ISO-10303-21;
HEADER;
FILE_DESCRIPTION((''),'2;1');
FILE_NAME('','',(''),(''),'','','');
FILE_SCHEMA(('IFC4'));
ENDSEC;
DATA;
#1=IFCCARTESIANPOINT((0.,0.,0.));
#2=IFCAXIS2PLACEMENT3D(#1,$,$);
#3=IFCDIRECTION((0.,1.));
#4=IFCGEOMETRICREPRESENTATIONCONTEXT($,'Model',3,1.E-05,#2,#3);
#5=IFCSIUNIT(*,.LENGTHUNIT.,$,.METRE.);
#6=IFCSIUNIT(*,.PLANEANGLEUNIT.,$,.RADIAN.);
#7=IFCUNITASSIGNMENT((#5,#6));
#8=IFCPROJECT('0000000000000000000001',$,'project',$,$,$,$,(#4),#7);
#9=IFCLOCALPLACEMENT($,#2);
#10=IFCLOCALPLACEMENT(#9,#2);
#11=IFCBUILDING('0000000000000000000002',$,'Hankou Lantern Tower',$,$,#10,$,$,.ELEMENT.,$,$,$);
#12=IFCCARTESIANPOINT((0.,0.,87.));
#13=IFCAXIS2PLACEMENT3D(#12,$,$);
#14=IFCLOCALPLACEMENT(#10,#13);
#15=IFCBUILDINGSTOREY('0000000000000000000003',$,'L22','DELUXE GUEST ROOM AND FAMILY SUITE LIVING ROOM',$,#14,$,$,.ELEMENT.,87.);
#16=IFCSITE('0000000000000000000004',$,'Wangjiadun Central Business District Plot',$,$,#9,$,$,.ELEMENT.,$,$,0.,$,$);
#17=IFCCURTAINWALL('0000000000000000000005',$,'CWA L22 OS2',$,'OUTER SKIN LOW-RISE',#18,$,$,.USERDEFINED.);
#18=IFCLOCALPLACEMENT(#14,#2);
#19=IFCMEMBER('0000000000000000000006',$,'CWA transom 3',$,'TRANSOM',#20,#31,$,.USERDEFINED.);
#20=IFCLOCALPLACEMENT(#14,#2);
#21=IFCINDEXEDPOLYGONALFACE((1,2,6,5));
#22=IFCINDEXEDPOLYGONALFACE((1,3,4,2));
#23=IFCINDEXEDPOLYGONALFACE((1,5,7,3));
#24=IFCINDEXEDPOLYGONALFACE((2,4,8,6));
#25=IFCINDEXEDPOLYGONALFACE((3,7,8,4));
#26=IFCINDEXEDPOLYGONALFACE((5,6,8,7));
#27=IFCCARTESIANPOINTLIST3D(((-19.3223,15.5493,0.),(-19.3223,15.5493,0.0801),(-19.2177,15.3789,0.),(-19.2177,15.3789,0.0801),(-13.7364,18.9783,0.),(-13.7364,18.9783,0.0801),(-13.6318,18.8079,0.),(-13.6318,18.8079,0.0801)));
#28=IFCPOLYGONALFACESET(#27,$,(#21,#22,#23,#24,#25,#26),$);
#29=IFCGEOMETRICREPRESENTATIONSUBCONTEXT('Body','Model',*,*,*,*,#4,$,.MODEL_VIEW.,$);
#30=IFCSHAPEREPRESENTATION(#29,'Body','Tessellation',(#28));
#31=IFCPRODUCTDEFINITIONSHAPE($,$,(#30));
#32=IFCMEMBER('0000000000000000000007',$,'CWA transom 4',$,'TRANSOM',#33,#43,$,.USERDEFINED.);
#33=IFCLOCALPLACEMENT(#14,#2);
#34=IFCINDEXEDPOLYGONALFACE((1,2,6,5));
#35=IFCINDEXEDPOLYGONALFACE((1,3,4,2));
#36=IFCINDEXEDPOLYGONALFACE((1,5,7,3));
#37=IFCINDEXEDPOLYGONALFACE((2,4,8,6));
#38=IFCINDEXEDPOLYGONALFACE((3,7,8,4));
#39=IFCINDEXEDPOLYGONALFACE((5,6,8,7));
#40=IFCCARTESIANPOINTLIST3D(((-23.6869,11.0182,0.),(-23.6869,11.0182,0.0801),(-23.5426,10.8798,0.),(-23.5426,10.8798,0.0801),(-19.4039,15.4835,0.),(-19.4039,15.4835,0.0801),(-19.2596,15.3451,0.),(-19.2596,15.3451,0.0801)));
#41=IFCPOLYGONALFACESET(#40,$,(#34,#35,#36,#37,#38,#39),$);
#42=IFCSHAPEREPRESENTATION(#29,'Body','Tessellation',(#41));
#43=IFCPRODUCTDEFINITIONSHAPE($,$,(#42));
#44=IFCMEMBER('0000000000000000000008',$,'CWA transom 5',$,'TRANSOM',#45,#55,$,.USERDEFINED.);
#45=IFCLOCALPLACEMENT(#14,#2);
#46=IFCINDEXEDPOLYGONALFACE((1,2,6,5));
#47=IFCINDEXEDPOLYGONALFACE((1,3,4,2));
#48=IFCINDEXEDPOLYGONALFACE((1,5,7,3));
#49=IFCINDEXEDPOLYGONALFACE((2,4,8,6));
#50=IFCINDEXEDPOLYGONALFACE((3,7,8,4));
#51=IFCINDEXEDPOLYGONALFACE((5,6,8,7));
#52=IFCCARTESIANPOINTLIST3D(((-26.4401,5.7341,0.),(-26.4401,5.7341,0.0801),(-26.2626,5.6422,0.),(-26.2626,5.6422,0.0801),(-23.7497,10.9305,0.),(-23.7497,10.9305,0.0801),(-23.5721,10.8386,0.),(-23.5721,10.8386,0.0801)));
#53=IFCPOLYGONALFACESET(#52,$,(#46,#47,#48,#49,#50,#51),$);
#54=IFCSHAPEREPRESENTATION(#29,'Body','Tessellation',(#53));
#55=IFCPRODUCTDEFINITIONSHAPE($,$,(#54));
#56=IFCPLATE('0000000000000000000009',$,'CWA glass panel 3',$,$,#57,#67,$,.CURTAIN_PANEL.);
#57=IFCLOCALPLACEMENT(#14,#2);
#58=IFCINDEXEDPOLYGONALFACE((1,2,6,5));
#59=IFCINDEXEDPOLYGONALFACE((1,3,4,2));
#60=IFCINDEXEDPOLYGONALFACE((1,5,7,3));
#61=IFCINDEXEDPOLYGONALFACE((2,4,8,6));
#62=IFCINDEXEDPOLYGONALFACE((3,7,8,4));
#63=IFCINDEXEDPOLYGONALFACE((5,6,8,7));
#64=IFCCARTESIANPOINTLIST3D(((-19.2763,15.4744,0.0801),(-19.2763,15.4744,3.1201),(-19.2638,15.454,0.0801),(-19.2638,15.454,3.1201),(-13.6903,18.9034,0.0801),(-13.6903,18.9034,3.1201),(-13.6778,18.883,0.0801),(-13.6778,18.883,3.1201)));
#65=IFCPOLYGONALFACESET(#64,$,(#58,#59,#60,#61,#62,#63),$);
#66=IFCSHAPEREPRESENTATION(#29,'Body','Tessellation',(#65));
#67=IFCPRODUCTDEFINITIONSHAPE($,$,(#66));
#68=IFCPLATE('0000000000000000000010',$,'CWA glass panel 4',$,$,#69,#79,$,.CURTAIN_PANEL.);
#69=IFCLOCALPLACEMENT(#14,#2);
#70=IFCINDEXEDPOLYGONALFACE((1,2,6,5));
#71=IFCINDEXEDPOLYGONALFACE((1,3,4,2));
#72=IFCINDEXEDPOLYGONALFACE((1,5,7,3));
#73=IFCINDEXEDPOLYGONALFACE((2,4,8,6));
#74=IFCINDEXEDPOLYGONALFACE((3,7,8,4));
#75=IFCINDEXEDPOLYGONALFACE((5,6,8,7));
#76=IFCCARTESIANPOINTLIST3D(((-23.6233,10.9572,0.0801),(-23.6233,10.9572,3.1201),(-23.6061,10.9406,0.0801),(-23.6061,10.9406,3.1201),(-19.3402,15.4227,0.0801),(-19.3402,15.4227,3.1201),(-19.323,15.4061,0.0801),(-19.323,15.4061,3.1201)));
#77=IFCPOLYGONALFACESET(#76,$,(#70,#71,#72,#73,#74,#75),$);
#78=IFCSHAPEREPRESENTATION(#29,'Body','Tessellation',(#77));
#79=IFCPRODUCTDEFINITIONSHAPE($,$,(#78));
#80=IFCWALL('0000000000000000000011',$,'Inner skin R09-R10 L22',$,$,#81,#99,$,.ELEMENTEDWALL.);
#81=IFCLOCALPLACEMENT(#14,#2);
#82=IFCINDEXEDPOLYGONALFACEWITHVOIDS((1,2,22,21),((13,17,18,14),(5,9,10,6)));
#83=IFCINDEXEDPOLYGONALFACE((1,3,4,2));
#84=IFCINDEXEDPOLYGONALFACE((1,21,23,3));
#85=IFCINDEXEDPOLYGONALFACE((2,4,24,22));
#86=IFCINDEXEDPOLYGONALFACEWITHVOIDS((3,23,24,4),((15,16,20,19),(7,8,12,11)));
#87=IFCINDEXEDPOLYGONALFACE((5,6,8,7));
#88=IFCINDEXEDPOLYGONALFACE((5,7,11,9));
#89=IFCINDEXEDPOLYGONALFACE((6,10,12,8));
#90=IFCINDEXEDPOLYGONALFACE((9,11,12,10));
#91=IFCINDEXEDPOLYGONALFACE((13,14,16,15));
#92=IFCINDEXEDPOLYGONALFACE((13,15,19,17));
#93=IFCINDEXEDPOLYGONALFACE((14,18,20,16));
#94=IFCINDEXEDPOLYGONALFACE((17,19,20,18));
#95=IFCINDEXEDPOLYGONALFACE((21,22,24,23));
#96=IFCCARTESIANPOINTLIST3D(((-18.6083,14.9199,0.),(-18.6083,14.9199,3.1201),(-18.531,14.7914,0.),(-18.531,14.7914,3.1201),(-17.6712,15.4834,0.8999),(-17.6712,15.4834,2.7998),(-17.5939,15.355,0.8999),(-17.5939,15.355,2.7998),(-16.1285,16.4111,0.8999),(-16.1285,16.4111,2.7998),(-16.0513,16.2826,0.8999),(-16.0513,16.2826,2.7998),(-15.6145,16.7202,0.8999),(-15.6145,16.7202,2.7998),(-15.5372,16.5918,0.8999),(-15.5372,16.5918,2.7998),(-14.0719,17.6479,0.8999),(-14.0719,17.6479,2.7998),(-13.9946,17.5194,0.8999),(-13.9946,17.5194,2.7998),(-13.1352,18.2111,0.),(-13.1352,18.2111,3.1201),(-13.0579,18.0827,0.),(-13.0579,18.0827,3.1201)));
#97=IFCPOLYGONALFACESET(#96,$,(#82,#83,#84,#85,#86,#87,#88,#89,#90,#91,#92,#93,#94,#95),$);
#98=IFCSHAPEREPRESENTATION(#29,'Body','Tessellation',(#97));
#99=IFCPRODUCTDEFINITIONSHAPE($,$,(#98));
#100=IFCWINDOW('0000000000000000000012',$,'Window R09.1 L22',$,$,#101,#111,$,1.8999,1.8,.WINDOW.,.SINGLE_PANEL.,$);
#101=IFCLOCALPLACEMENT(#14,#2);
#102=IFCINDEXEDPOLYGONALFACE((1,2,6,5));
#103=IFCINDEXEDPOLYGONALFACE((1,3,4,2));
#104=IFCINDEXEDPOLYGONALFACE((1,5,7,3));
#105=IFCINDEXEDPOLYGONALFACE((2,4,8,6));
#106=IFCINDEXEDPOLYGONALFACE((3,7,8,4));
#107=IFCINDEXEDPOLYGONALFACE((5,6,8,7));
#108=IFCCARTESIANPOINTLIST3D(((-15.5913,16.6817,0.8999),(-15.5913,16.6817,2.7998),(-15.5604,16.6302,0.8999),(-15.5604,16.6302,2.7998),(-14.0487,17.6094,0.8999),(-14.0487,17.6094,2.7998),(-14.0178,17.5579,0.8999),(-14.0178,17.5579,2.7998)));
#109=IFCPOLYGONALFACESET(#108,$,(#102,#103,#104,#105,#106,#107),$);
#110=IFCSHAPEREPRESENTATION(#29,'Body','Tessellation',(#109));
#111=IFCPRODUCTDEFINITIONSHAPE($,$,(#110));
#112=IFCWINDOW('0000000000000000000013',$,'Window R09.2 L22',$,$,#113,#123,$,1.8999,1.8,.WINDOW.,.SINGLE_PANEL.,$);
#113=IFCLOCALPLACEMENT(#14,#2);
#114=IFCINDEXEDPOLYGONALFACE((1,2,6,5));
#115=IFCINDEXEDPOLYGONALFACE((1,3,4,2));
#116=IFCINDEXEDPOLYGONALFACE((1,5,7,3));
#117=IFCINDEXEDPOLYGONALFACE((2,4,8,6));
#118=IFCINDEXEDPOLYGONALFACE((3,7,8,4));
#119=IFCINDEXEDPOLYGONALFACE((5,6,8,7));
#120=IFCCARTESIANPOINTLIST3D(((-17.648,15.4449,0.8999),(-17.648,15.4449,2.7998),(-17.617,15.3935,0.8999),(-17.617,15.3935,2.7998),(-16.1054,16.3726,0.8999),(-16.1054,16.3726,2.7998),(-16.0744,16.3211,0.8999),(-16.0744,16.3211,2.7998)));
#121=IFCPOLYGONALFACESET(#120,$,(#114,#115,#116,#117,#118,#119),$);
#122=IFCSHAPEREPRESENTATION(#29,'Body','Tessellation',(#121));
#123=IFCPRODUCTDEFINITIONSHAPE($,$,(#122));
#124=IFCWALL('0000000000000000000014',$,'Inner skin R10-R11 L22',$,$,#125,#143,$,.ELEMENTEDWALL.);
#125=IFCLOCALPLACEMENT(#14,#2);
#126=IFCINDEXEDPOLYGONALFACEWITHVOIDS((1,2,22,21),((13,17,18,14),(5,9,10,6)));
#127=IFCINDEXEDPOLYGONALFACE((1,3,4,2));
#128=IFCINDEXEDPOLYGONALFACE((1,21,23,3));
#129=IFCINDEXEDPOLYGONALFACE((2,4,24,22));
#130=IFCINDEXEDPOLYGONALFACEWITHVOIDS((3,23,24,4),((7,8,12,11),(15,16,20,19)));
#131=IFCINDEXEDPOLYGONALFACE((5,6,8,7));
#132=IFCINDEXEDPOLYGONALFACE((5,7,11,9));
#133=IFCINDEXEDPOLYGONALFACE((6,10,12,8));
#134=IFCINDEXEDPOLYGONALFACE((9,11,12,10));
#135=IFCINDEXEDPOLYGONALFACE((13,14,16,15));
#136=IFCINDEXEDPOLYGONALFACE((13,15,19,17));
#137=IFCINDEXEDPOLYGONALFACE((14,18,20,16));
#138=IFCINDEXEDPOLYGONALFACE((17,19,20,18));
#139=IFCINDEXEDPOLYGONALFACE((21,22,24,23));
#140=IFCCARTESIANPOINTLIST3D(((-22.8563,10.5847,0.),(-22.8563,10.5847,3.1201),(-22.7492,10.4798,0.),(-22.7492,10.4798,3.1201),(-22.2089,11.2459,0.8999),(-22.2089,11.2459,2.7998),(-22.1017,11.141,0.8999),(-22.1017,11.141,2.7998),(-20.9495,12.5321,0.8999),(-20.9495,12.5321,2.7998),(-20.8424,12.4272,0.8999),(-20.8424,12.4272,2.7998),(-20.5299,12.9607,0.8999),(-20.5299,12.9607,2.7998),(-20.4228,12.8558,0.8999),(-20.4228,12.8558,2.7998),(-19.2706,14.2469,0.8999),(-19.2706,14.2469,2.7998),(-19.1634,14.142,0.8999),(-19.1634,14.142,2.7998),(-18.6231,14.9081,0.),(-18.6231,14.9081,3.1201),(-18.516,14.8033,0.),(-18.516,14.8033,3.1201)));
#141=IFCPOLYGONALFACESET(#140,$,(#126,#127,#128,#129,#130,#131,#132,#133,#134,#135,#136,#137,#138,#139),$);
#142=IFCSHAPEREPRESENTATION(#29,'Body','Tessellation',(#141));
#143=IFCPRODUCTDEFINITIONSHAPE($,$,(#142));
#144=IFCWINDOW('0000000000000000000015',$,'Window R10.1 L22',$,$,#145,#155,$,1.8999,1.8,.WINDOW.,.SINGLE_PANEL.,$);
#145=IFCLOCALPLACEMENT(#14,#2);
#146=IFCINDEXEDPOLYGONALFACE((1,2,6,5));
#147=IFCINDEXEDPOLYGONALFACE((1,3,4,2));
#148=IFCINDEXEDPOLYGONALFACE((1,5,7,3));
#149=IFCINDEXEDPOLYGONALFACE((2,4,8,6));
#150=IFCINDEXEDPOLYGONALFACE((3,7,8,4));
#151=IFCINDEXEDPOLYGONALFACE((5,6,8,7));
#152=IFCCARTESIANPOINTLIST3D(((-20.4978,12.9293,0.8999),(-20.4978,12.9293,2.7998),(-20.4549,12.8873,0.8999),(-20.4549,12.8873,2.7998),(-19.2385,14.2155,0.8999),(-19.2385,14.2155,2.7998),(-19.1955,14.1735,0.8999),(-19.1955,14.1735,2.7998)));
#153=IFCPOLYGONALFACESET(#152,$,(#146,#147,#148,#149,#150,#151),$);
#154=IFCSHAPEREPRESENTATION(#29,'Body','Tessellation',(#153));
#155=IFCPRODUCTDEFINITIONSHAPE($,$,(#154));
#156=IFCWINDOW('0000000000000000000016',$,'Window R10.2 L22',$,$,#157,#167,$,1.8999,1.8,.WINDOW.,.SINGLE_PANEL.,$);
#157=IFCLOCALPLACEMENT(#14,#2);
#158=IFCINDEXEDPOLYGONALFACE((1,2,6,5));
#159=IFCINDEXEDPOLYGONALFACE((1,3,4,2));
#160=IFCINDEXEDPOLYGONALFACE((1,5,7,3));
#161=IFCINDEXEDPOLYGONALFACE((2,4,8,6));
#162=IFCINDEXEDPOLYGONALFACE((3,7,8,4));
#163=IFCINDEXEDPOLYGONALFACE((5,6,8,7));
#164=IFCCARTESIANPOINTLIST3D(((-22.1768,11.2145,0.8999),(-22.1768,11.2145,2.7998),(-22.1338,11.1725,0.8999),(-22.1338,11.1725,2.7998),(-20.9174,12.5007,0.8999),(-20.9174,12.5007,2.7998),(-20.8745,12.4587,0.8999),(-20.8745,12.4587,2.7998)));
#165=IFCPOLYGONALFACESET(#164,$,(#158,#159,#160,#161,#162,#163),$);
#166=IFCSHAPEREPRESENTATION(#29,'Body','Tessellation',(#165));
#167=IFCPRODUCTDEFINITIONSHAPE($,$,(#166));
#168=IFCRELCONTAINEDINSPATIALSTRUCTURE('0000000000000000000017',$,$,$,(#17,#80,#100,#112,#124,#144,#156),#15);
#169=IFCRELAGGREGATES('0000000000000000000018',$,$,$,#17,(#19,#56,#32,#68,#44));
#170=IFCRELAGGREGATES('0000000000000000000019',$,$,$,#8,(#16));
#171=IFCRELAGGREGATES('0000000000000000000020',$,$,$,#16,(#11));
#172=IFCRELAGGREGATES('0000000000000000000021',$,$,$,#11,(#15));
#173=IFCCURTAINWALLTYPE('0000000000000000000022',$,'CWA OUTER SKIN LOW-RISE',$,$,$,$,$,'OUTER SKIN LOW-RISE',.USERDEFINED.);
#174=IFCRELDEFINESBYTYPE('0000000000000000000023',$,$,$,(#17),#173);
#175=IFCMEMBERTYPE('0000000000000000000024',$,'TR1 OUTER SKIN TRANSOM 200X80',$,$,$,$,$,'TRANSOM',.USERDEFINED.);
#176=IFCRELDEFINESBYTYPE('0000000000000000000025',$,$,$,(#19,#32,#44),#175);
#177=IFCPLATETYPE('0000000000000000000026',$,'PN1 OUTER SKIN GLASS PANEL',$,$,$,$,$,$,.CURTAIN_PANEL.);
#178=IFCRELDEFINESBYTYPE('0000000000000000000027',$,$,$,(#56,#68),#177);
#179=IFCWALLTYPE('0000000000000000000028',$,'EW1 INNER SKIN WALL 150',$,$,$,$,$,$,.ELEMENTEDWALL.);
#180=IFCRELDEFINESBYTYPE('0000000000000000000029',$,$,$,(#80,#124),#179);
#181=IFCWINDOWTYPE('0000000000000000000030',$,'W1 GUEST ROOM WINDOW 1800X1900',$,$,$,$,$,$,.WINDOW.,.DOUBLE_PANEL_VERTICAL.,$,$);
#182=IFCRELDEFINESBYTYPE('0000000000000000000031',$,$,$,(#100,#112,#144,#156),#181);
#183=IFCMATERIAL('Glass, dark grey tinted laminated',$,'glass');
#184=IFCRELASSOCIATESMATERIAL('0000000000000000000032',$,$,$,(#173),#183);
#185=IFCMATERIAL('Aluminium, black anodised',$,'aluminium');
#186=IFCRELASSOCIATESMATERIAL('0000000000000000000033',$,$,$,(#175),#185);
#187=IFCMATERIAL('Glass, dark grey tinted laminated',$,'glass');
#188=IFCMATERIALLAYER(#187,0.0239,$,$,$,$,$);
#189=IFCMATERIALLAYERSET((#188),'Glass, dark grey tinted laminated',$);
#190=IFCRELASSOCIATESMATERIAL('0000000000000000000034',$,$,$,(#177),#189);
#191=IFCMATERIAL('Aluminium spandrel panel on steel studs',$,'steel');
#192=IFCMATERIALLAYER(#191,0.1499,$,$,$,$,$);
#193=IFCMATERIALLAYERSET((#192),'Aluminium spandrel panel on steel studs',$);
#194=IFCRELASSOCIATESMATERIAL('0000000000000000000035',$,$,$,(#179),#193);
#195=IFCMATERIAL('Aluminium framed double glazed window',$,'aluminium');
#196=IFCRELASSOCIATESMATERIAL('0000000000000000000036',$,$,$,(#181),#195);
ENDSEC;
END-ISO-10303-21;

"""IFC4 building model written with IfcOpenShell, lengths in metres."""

from ifc_helpers import new_model, si_unit, direction, frame, frame_2d, origin, origin_2d, place, context, subcontext, project, spatial, rectangle, extrude, material, layer, layer_set, material_profile, profile_set, type_object, element, fill, aggregate, save


model = new_model("IFC4")

# Units and contexts
model_context = context("Model", 3, precision=1e-05, world=origin(), true_north=direction((0.0, 1.0)))
body_context = subcontext(model_context, "Body", "Model", "MODEL_VIEW")
ifc_project = project(units=[si_unit("LENGTHUNIT", "METRE"), si_unit("PLANEANGLEUNIT", "RADIAN")], contexts=[model_context])

# Site, building, storey
site_placement = place(None, origin())
site = spatial("IfcSite", under=ifc_project, at=site_placement, Name="Wangjiadun Central Business District Plot", CompositionType="ELEMENT", RefElevation=0.0)
building_placement = place(site_placement, origin())
building = spatial("IfcBuilding", under=site, at=building_placement, Name="Hankou Lantern Tower", CompositionType="ELEMENT")
storey_placement = place(building_placement, frame((0.0, 0.0, 87.0)))
storey = spatial("IfcBuildingStorey", under=building, at=storey_placement, Name="L22", Description="DELUXE GUEST ROOM AND FAMILY SUITE LIVING ROOM", CompositionType="ELEMENT", Elevation=87.0)

# Curtain wall
ifc_material_1 = material(Name="Glass, dark grey tinted laminated", Category="glass")
curtain_wall_type = type_object("IfcCurtainWallType", Name="CWA OUTER SKIN LOW-RISE", ElementType="OUTER SKIN LOW-RISE", PredefinedType="USERDEFINED", material=ifc_material_1)
curtain_wall_placement = place(storey_placement, origin())
curtain_wall = element("IfcCurtainWall", 1, at=curtain_wall_placement, inside=storey, type_object=curtain_wall_type, Name="CWA L22 OS2", ObjectType="OUTER SKIN LOW-RISE", PredefinedType="USERDEFINED")

# Members
ifc_material_2 = material(Name="Aluminium, black anodised", Category="aluminium")
ifc_material_profile_1 = material_profile(ifc_material_2, rectangle(XDim=0.2, YDim=0.0801, at=origin_2d()), Name="TR1 200X80")
ifc_profile_set_1 = profile_set([ifc_material_profile_1], Name="Aluminium, black anodised")
member_type_1 = type_object("IfcMemberType", Name="TR1 OUTER SKIN TRANSOM 200X80", ElementType="TRANSOM", PredefinedType="USERDEFINED", material=ifc_profile_set_1)
member_1_placement = place(storey_placement, frame((-13.6841, 18.8931, 0.04), z_axis=(-0.85224, -0.523152, 0.0), x_axis=(0.523152, -0.85224, 0.0)))
member_1 = element("IfcMember", 2, at=member_1_placement, type_object=member_type_1, Name="CWA transom 3", ObjectType="TRANSOM", PredefinedType="USERDEFINED", context=body_context, shape_type="SweptSolid", body=[
    extrude(rectangle(XDim=0.2, YDim=0.0801, at=origin_2d()), origin(), (0.0, 0.0, 1.0), 6.5544),
])
member_2_placement = place(storey_placement, frame((-19.3318, 15.4143, 0.04), z_axis=(-0.692216, -0.721691, 0.0), x_axis=(0.721691, -0.692216, 0.0)))
member_2 = element("IfcMember", 3, at=member_2_placement, type_object=member_type_1, Name="CWA transom 4", ObjectType="TRANSOM", PredefinedType="USERDEFINED", context=body_context, shape_type="SweptSolid", body=[
    extrude(rectangle(XDim=0.2, YDim=0.0801, at=origin_2d()), origin(), (0.0, 0.0, 1.0), 6.1873),
])
member_3_placement = place(storey_placement, frame((-23.6609, 10.8845, 0.04), z_axis=(-0.459786, -0.88803, 0.0), x_axis=(0.88803, -0.459786, 0.0)))
member_3 = element("IfcMember", 4, at=member_3_placement, type_object=member_type_1, Name="CWA transom 5", ObjectType="TRANSOM", PredefinedType="USERDEFINED", context=body_context, shape_type="SweptSolid", body=[
    extrude(rectangle(XDim=0.2, YDim=0.0801, at=origin_2d()), origin(), (0.0, 0.0, 1.0), 5.8516),
])

# Plates
ifc_material_3 = material(Name="Glass, dark grey tinted laminated", Category="glass")
ifc_layer_1 = layer(ifc_material_3, 0.0239)
ifc_layer_set_1 = layer_set([ifc_layer_1], Name="Glass, dark grey tinted laminated")
plate_type = type_object("IfcPlateType", Name="PN1 OUTER SKIN GLASS PANEL", PredefinedType="CURTAIN_PANEL", material=ifc_layer_set_1)
plate_1_placement = place(storey_placement, frame((-16.4771, 17.1787, 0.0801), z_axis=(0.0, 0.0, 1.0), x_axis=(-0.852237, -0.523156, 0.0)))
plate_1 = element("IfcPlate", 5, at=plate_1_placement, type_object=plate_type, Name="CWA glass panel 3", PredefinedType="CURTAIN_PANEL", context=body_context, shape_type="SweptSolid", body=[
    extrude(rectangle(XDim=6.5544, YDim=0.0239, at=origin_2d()), origin(), (0.0, 0.0, 1.0), 3.04),
])
plate_2_placement = place(storey_placement, frame((-21.4731, 13.1816, 0.0801), z_axis=(0.0, 0.0, 1.0), x_axis=(-0.692216, -0.721691, 0.0)))
plate_2 = element("IfcPlate", 6, at=plate_2_placement, type_object=plate_type, Name="CWA glass panel 4", PredefinedType="CURTAIN_PANEL", context=body_context, shape_type="SweptSolid", body=[
    extrude(rectangle(XDim=6.1875, YDim=0.0239, at=origin_2d()), origin(), (0.0, 0.0, 1.0), 3.04),
])
aggregate(curtain_wall, [member_1, plate_1, member_2, plate_2, member_3])

# Walls, openings, windows
ifc_material_4 = material(Name="Aluminium spandrel panel on steel studs", Category="steel")
ifc_layer_2 = layer(ifc_material_4, 0.1499)
ifc_layer_set_2 = layer_set([ifc_layer_2], Name="Aluminium spandrel panel on steel studs")
wall_type_1 = type_object("IfcWallType", Name="EW1 INNER SKIN WALL 150", PredefinedType="ELEMENTEDWALL", material=ifc_layer_set_2)
wall_1_placement = place(storey_placement, frame((-13.0964, 18.147, 0.0), z_axis=(0.0, 0.0, 1.0), x_axis=(-0.856983, -0.515344, 0.0)))
wall_1 = element("IfcWall", 7, at=wall_1_placement, inside=storey, type_object=wall_type_1, Name="Inner skin R09-R10 L22", PredefinedType="ELEMENTEDWALL", context=body_context, shape_type="SweptSolid", body=[
    extrude(rectangle(XDim=6.3865, YDim=0.1499, at=frame_2d((3.1934, 0.0))), origin(), (0.0, 0.0, 1.0), 3.1201),
])
opening_1_placement = place(wall_1_placement, frame((1.0933, 0.0, 0.8999)))
opening_1 = element("IfcOpeningElement", 8, at=opening_1_placement, cuts=wall_1, PredefinedType="OPENING", context=body_context, shape_type="SweptSolid", body=[
    extrude(rectangle(XDim=1.8, YDim=1.8999, at=frame_2d((0.8999, 0.95))), frame((0.0, 0.085, 0.0), z_axis=(0.0, -1.0, 0.0), x_axis=(1.0, 0.0, 0.0)), (0.0, 0.0, 1.0), 0.1699),
])
opening_2_placement = place(wall_1_placement, frame((3.4932, 0.0, 0.8999)))
opening_2 = element("IfcOpeningElement", 9, at=opening_2_placement, cuts=wall_1, PredefinedType="OPENING", context=body_context, shape_type="SweptSolid", body=[
    extrude(rectangle(XDim=1.8, YDim=1.8999, at=frame_2d((0.8999, 0.95))), frame((0.0, 0.085, 0.0), z_axis=(0.0, -1.0, 0.0), x_axis=(1.0, 0.0, 0.0)), (0.0, 0.0, 1.0), 0.1699),
])
ifc_material_5 = material(Name="Aluminium framed double glazed window", Category="aluminium")
window_type = type_object("IfcWindowType", Name="W1 GUEST ROOM WINDOW 1800X1900", PartitioningType="DOUBLE_PANEL_VERTICAL", PredefinedType="WINDOW", material=ifc_material_5)
window_1_placement = place(opening_1_placement, origin())
window_1 = element("IfcWindow", 10, at=window_1_placement, inside=storey, type_object=window_type, Name="Window R09.1 L22", OverallHeight=1.8999, OverallWidth=1.8, PartitioningType="SINGLE_PANEL", PredefinedType="WINDOW", context=body_context, shape_type="SweptSolid", body=[
    extrude(rectangle(XDim=1.8, YDim=1.8999, at=frame_2d((0.8999, 0.95))), frame((0.0, 0.03, 0.0), z_axis=(0.0, -1.0, 0.0), x_axis=(1.0, 0.0, 0.0)), (0.0, 0.0, 1.0), 0.0601),
])
fill(opening_1, window_1)
window_2_placement = place(opening_2_placement, origin())
window_2 = element("IfcWindow", 11, at=window_2_placement, inside=storey, type_object=window_type, Name="Window R09.2 L22", OverallHeight=1.8999, OverallWidth=1.8, PartitioningType="SINGLE_PANEL", PredefinedType="WINDOW", context=body_context, shape_type="SweptSolid", body=[
    extrude(rectangle(XDim=1.8, YDim=1.8999, at=frame_2d((0.8999, 0.95))), frame((0.0, 0.03, 0.0), z_axis=(0.0, -1.0, 0.0), x_axis=(1.0, 0.0, 0.0)), (0.0, 0.0, 1.0), 0.0601),
])
fill(opening_2, window_2)
wall_2_placement = place(storey_placement, frame((-18.5696, 14.8557, 0.0), z_axis=(0.0, 0.0, 1.0), x_axis=(-0.699603, -0.714532, 0.0)))
wall_2 = element("IfcWall", 12, at=wall_2_placement, inside=storey, type_object=wall_type_1, Name="Inner skin R10-R11 L22", PredefinedType="ELEMENTEDWALL", context=body_context, shape_type="SweptSolid", body=[
    extrude(rectangle(XDim=6.0508, YDim=0.1499, at=frame_2d((3.0254, 0.0))), origin(), (0.0, 0.0, 1.0), 3.1201),
])
opening_3_placement = place(wall_2_placement, frame((0.9255, 0.0, 0.8999)))
opening_3 = element("IfcOpeningElement", 13, at=opening_3_placement, cuts=wall_2, PredefinedType="OPENING", context=body_context, shape_type="SweptSolid", body=[
    extrude(rectangle(XDim=1.8, YDim=1.8999, at=frame_2d((0.8999, 0.95))), frame((0.0, 0.085, 0.0), z_axis=(0.0, -1.0, 0.0), x_axis=(1.0, 0.0, 0.0)), (0.0, 0.0, 1.0), 0.1699),
])
opening_4_placement = place(wall_2_placement, frame((3.3254, 0.0, 0.8999)))
opening_4 = element("IfcOpeningElement", 14, at=opening_4_placement, cuts=wall_2, PredefinedType="OPENING", context=body_context, shape_type="SweptSolid", body=[
    extrude(rectangle(XDim=1.8, YDim=1.8999, at=frame_2d((0.8999, 0.95))), frame((0.0, 0.085, 0.0), z_axis=(0.0, -1.0, 0.0), x_axis=(1.0, 0.0, 0.0)), (0.0, 0.0, 1.0), 0.1699),
])
window_3_placement = place(opening_3_placement, origin())
window_3 = element("IfcWindow", 15, at=window_3_placement, inside=storey, type_object=window_type, Name="Window R10.1 L22", OverallHeight=1.8999, OverallWidth=1.8, PartitioningType="SINGLE_PANEL", PredefinedType="WINDOW", context=body_context, shape_type="SweptSolid", body=[
    extrude(rectangle(XDim=1.8, YDim=1.8999, at=frame_2d((0.8999, 0.95))), frame((0.0, 0.03, 0.0), z_axis=(0.0, -1.0, 0.0), x_axis=(1.0, 0.0, 0.0)), (0.0, 0.0, 1.0), 0.0601),
])
fill(opening_3, window_3)
window_4_placement = place(opening_4_placement, origin())
window_4 = element("IfcWindow", 16, at=window_4_placement, inside=storey, type_object=window_type, Name="Window R10.2 L22", OverallHeight=1.8999, OverallWidth=1.8, PartitioningType="SINGLE_PANEL", PredefinedType="WINDOW", context=body_context, shape_type="SweptSolid", body=[
    extrude(rectangle(XDim=1.8, YDim=1.8999, at=frame_2d((0.8999, 0.95))), frame((0.0, 0.03, 0.0), z_axis=(0.0, -1.0, 0.0), x_axis=(1.0, 0.0, 0.0)), (0.0, 0.0, 1.0), 0.0601),
])
fill(opening_4, window_4)

save(model, "model.ifc")
